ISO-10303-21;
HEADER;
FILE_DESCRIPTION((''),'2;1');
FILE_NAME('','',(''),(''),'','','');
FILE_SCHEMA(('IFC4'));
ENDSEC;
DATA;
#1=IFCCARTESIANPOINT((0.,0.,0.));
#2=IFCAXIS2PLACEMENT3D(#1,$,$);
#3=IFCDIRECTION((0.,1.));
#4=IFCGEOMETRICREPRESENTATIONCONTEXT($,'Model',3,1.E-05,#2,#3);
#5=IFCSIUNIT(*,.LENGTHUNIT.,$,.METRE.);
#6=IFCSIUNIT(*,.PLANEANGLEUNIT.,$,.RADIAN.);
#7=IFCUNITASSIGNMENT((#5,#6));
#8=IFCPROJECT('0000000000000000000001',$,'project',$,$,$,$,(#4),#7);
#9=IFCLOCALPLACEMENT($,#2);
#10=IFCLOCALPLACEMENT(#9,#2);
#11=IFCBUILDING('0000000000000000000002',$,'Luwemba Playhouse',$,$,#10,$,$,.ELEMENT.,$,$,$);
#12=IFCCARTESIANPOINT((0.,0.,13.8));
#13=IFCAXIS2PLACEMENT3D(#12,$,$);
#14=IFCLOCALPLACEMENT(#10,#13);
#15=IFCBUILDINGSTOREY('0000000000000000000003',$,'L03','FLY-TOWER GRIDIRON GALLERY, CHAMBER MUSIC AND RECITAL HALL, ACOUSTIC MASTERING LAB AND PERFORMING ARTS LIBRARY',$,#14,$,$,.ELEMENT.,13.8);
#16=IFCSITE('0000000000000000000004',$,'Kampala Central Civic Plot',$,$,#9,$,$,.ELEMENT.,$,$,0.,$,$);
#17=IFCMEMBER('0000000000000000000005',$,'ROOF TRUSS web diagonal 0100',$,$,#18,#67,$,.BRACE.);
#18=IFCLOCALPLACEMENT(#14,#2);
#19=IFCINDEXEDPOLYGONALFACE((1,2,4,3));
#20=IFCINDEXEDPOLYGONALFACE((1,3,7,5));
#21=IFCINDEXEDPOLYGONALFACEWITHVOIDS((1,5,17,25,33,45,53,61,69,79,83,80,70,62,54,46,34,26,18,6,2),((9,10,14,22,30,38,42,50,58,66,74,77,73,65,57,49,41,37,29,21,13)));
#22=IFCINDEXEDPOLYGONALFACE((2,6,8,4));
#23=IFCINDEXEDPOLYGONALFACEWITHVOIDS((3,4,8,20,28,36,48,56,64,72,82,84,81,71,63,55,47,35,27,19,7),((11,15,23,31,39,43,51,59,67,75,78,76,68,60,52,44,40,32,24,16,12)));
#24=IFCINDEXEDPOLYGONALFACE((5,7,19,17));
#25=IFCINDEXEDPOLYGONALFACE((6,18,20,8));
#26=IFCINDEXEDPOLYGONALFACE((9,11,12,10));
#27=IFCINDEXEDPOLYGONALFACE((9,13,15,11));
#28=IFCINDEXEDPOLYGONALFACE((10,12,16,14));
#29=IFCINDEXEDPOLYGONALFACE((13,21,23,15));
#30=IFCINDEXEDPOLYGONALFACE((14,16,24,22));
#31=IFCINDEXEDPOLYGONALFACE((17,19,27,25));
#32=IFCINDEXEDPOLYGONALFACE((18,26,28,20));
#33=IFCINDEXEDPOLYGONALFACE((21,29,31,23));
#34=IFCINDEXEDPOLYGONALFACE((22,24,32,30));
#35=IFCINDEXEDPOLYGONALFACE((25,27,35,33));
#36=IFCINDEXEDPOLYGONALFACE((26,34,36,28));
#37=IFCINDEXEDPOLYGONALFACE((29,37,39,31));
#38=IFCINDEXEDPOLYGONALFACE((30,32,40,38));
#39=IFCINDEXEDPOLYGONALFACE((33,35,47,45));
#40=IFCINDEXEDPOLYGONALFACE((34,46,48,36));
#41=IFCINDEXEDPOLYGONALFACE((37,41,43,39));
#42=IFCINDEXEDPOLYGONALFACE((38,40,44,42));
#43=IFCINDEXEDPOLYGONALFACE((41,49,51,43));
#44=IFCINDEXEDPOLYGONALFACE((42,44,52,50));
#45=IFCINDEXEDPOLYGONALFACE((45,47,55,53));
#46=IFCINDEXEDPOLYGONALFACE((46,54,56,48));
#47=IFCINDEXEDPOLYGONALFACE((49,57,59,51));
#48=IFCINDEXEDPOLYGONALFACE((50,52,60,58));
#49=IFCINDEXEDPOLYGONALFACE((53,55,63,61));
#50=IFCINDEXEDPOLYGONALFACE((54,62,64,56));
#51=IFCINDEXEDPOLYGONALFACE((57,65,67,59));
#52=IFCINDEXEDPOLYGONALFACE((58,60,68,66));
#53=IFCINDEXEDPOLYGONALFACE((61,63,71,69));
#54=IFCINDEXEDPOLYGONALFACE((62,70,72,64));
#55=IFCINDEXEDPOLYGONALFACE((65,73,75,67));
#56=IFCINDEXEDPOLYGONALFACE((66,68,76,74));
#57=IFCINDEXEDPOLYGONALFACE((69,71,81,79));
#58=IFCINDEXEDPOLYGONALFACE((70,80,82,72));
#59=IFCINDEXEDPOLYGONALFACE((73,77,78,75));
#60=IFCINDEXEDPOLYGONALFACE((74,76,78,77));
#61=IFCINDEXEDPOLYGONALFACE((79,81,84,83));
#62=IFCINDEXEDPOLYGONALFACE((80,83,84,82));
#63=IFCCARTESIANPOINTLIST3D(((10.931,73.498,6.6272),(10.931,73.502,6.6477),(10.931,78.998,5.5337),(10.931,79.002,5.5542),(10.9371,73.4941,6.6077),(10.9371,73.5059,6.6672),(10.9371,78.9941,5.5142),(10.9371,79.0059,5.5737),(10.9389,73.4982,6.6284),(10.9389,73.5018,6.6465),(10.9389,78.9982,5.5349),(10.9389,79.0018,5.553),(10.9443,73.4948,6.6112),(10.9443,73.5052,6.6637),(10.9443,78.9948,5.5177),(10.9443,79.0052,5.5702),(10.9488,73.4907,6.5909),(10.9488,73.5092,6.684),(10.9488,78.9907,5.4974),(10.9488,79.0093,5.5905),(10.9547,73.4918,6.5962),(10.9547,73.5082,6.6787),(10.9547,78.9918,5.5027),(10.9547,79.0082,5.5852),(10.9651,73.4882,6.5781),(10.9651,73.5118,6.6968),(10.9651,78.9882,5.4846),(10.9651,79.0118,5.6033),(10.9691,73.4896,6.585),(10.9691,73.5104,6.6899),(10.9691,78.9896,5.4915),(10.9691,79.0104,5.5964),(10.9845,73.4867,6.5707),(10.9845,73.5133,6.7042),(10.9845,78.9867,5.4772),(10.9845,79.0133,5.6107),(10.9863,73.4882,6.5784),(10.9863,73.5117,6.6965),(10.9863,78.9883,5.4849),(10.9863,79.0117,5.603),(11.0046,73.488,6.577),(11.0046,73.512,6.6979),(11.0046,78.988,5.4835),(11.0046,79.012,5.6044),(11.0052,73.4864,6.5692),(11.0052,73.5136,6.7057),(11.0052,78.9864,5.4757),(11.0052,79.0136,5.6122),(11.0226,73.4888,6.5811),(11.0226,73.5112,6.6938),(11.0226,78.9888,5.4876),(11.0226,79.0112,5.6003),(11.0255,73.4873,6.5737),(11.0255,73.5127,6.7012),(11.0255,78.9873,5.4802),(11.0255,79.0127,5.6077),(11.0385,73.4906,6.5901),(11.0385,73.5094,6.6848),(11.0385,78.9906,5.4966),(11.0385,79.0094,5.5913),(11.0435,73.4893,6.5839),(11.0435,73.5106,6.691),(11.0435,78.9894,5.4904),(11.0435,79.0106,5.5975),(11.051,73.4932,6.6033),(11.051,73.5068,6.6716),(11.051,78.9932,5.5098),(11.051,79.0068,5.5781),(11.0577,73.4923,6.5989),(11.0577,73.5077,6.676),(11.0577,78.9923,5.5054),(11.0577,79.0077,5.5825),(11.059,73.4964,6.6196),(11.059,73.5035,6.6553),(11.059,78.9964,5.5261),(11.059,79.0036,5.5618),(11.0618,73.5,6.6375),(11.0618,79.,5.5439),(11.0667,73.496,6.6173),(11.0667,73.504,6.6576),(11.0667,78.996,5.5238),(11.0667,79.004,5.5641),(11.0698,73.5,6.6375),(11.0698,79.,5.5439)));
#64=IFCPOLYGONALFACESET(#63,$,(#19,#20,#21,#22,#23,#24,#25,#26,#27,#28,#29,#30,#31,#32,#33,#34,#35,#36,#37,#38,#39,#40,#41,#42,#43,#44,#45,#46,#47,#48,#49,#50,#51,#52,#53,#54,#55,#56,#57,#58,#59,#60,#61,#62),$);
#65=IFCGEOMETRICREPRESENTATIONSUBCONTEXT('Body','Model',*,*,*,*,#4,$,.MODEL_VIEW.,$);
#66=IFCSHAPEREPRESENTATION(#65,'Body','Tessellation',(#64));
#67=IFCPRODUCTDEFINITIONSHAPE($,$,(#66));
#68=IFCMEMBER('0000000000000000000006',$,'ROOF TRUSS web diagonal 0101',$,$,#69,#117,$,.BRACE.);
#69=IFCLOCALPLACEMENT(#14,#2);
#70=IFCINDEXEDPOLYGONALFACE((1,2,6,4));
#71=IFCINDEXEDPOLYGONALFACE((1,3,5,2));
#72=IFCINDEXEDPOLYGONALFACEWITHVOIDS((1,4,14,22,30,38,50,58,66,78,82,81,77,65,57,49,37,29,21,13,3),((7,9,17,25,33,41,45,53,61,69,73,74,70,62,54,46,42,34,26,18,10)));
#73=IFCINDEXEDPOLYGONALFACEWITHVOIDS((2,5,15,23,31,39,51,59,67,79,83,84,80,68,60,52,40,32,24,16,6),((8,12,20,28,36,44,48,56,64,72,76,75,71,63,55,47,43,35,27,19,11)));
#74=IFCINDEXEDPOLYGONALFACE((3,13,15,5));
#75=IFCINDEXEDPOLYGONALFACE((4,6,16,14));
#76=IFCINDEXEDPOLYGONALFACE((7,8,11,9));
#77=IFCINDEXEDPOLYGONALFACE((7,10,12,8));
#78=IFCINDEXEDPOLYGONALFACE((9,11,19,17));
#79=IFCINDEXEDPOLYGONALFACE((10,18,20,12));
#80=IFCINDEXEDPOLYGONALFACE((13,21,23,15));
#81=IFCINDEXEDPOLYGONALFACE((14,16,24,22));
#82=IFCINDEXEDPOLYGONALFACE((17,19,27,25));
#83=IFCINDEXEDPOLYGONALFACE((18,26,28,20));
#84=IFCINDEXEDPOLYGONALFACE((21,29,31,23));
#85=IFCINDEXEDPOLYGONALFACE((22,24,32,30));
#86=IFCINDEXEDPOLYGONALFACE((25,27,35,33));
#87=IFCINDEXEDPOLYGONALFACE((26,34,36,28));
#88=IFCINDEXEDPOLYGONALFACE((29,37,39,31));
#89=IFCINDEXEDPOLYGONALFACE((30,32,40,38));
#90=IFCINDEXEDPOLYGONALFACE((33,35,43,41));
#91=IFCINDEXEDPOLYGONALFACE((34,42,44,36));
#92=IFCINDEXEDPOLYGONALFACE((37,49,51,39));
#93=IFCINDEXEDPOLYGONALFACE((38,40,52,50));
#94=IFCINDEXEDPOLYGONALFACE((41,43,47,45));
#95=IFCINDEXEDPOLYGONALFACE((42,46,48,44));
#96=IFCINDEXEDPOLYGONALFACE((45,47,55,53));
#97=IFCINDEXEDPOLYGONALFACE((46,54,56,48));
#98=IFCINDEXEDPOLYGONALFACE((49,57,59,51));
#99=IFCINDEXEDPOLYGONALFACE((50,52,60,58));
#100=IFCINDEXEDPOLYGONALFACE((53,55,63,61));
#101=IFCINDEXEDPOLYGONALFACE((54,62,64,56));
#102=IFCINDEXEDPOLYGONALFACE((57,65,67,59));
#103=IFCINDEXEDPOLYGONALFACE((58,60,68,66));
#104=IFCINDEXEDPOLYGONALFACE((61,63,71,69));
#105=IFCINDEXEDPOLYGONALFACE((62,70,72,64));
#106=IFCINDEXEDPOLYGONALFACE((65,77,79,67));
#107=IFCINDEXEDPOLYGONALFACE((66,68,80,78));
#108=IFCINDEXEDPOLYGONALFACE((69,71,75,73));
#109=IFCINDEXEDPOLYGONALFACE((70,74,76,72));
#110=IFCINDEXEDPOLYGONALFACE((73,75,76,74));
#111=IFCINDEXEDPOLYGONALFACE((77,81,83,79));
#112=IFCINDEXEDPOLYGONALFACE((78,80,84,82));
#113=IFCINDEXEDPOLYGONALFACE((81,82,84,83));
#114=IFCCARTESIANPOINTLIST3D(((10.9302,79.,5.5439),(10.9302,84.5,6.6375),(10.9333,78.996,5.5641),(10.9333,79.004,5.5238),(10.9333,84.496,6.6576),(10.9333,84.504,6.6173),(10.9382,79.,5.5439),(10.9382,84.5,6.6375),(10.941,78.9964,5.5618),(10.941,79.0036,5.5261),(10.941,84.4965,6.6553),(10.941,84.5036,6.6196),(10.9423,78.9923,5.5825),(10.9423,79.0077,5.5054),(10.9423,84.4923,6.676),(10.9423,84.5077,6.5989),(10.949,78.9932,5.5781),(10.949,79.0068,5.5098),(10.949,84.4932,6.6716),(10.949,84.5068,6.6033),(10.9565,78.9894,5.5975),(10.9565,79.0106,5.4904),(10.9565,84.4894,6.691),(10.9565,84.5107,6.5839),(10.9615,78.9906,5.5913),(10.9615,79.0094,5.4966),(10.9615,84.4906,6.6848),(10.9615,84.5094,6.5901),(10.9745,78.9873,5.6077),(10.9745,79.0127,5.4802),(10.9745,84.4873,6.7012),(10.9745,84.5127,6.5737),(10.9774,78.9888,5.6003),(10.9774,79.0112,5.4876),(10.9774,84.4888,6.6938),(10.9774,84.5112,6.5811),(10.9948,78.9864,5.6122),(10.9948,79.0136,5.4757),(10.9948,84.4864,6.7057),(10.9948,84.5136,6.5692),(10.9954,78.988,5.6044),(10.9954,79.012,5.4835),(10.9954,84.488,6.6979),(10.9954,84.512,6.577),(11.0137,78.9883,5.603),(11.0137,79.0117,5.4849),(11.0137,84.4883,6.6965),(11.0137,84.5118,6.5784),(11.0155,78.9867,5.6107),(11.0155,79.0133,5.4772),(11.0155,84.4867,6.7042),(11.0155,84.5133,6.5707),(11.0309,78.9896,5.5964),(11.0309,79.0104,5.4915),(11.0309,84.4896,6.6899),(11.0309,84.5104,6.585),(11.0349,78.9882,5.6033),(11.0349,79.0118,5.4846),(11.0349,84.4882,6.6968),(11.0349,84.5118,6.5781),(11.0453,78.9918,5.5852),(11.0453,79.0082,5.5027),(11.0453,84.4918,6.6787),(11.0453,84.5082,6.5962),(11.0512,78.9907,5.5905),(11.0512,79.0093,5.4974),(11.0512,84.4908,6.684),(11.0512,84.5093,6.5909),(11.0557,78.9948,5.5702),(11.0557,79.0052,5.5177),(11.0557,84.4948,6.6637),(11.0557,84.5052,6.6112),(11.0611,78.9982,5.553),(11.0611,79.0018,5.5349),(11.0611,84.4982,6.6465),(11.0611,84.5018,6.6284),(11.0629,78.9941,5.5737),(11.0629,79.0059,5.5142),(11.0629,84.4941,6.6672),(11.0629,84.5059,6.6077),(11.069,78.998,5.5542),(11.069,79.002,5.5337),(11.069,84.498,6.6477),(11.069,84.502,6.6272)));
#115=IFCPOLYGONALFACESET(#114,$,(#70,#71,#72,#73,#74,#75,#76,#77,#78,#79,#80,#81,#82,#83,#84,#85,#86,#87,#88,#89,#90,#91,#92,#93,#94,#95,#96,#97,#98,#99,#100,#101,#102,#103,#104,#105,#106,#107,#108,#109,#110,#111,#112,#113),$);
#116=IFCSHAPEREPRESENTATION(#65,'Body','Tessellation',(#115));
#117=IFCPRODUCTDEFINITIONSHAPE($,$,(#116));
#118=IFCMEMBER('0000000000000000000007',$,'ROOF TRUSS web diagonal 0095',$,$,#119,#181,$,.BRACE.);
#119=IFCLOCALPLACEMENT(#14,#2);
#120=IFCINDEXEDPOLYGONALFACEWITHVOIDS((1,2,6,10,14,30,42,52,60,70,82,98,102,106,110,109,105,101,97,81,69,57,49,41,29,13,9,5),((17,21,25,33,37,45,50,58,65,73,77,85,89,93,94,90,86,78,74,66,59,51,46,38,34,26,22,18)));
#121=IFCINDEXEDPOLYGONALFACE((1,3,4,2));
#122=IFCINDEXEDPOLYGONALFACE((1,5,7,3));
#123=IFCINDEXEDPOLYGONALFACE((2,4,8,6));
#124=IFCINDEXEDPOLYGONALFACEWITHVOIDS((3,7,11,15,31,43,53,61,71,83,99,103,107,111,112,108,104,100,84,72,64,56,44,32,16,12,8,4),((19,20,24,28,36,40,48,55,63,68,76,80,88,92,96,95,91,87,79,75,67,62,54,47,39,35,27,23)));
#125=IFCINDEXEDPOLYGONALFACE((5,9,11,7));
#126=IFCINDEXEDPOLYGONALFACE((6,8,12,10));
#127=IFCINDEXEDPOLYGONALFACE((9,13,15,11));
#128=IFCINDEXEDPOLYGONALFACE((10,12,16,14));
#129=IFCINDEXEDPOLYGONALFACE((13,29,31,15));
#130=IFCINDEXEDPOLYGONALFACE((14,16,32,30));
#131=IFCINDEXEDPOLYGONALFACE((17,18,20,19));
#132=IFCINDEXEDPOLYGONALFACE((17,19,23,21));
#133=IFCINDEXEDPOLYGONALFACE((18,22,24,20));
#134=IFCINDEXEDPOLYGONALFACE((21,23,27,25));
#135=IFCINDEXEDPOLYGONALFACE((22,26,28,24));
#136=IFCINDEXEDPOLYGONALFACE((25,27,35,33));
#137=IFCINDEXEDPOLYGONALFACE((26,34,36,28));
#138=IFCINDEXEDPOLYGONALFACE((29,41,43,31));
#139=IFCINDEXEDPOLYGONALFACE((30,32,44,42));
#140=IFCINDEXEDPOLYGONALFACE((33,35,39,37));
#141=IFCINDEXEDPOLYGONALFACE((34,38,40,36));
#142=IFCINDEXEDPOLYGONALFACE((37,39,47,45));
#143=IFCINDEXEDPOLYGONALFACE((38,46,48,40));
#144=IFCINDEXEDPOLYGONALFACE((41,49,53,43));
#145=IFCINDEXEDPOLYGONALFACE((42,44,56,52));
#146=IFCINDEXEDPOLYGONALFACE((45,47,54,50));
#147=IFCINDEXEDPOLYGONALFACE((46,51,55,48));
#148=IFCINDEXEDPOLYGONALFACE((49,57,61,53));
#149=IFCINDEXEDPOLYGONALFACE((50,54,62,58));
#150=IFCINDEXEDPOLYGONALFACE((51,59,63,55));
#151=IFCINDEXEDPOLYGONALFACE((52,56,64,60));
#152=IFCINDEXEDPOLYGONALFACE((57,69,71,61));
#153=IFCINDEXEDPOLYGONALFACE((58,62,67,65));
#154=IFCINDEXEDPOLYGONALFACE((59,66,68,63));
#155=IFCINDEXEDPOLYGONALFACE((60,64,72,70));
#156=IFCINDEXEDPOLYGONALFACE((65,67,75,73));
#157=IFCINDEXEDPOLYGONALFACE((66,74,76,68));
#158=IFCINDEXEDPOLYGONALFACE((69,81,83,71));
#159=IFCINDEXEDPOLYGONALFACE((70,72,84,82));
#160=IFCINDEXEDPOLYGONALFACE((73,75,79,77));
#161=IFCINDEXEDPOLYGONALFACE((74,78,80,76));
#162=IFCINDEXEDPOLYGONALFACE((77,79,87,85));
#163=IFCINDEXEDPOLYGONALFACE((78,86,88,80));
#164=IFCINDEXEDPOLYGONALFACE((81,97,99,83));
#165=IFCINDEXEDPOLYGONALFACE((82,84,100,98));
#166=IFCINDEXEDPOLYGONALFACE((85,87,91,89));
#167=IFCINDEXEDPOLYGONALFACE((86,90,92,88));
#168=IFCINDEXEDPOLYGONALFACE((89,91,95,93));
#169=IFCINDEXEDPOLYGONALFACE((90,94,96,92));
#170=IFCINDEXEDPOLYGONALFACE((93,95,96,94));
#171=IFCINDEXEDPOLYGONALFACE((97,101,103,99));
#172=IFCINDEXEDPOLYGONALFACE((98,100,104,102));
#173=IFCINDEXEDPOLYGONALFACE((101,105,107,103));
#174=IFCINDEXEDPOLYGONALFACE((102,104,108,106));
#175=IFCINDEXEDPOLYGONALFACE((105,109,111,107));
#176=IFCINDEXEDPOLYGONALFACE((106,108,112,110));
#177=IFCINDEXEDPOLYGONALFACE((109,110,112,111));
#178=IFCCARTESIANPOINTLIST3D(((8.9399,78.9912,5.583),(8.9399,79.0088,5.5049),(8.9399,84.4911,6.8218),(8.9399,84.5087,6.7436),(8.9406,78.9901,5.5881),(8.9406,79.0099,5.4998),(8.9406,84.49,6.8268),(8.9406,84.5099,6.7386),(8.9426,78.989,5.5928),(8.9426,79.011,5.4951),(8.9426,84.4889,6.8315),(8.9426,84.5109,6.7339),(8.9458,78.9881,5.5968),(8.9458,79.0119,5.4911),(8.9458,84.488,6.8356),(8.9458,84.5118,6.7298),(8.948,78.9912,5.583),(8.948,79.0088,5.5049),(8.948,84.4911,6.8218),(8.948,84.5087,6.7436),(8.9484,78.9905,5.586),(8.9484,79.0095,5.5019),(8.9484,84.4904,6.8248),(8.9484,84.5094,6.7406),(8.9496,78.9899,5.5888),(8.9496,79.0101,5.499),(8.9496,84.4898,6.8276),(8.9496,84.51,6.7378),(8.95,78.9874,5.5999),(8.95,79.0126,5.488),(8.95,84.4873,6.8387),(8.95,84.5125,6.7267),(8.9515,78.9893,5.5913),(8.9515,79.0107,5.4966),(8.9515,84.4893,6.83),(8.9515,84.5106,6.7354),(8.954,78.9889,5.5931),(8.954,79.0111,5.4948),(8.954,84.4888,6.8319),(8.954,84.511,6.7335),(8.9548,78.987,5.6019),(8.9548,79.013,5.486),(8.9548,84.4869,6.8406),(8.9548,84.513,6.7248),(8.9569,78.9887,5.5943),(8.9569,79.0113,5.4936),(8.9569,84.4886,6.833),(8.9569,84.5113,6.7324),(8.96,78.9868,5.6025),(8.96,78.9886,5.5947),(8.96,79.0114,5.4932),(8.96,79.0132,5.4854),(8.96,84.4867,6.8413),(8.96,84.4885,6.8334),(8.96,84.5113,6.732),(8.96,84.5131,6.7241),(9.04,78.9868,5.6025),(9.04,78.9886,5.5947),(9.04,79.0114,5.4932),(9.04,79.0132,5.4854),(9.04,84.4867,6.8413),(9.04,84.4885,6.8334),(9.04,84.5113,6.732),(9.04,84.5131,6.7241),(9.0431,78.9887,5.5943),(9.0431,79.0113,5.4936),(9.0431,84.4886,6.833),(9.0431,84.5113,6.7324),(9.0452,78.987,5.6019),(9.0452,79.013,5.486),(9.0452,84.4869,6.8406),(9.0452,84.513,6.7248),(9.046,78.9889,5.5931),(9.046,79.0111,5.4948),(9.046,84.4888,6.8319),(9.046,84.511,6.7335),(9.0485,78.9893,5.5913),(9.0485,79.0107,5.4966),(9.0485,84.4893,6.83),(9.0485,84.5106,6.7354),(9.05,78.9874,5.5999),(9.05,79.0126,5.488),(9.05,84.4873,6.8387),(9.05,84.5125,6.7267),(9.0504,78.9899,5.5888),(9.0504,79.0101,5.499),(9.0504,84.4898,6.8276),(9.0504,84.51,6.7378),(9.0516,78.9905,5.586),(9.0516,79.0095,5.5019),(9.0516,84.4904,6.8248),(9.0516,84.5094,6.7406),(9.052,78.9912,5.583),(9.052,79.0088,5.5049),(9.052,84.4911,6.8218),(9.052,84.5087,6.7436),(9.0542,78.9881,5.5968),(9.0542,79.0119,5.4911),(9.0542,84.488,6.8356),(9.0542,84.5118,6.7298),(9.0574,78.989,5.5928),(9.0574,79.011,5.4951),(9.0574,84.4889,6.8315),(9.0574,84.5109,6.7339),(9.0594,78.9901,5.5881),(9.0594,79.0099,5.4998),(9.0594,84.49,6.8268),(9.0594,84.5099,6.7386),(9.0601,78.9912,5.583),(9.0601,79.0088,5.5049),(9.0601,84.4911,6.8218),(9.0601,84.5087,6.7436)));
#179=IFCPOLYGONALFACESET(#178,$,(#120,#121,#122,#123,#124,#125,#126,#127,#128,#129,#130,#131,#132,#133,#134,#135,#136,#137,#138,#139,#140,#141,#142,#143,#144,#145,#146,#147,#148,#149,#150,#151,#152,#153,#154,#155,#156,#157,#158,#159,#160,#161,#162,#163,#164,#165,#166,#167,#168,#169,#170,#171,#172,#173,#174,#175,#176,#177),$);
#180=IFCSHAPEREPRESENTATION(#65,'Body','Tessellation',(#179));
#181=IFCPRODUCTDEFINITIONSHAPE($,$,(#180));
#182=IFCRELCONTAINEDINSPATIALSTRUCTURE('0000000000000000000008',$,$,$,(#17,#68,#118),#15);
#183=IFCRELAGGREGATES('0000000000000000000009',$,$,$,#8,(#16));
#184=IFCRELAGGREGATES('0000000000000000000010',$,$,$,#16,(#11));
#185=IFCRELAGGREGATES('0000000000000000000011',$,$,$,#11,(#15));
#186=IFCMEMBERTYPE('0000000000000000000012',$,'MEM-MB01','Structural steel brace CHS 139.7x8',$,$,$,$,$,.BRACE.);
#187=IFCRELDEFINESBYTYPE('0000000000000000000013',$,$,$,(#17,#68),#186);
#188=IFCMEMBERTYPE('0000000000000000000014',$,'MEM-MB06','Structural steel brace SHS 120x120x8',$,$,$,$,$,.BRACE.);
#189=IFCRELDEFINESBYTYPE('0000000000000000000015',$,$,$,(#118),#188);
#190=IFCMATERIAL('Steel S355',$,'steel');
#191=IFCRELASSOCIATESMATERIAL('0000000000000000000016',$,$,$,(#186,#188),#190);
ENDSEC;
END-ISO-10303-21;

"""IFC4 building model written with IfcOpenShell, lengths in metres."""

from ifc_helpers import new_model, si_unit, direction, frame, origin, origin_2d, place, context, subcontext, project, spatial, hollow_rectangle, hollow_circle, extrude, material, material_profile, profile_set, type_object, element, save


model = new_model("IFC4")

# Units and contexts
model_context = context("Model", 3, precision=1e-05, world=origin(), true_north=direction((0.0, 1.0)))
body_context = subcontext(model_context, "Body", "Model", "MODEL_VIEW")
ifc_project = project(units=[si_unit("LENGTHUNIT", "METRE"), si_unit("PLANEANGLEUNIT", "RADIAN")], contexts=[model_context])

# Site, building, storey
site_placement = place(None, origin())
site = spatial("IfcSite", under=ifc_project, at=site_placement, Name="Kampala Central Civic Plot", CompositionType="ELEMENT", RefElevation=0.0)
building_placement = place(site_placement, origin())
building = spatial("IfcBuilding", under=site, at=building_placement, Name="Luwemba Playhouse", CompositionType="ELEMENT")
storey_placement = place(building_placement, frame((0.0, 0.0, 13.8)))
storey = spatial("IfcBuildingStorey", under=building, at=storey_placement, Name="L03", Description="FLY-TOWER GRIDIRON GALLERY, CHAMBER MUSIC AND RECITAL HALL, ACOUSTIC MASTERING LAB AND PERFORMING ARTS LIBRARY", CompositionType="ELEMENT", Elevation=13.8)

# Members
ifc_material_1 = material(Name="Steel S355", Category="steel")
ifc_material_profile_1 = material_profile(ifc_material_1, hollow_circle(Radius=0.0698, WallThickness=0.0081, at=origin_2d()))
ifc_profile_set_1 = profile_set([ifc_material_profile_1], Name="Steel S355")
member_type_1 = type_object("IfcMemberType", Name="MEM-MB01", Description="Structural steel brace CHS 139.7x8", PredefinedType="BRACE", material=ifc_profile_set_1)
for number, where, z_axis, x_axis, name in (
    (1, (11.0, 79.0, 5.5439), (0.0, -0.980803, 0.195002), (1.0, 0.0, 0.0), "ROOF TRUSS web diagonal 0100"),
    (2, (11.0, 79.0, 5.5439), (0.0, 0.980803, 0.195002), (-1.0, 0.0, 0.0), "ROOF TRUSS web diagonal 0101"),
):
    element("IfcMember", number, at=place(storey_placement, frame(where, z_axis=z_axis, x_axis=x_axis)), inside=storey, type_object=member_type_1, Name=name, PredefinedType="BRACE", context=body_context, shape_type="SweptSolid", body=[
        extrude(hollow_circle(Radius=0.0698, WallThickness=0.0081, at=origin_2d()), origin(), (0.0, 0.0, 1.0), 5.6077),
    ])
ifc_material_profile_2 = material_profile(ifc_material_1, hollow_rectangle(XDim=0.1201, YDim=0.1201, WallThickness=0.0081, InnerFilletRadius=0.012, OuterFilletRadius=0.02, at=origin_2d()))
ifc_profile_set_2 = profile_set([ifc_material_profile_2], Name="Steel S355")
member_type_2 = type_object("IfcMemberType", Name="MEM-MB06", Description="Structural steel brace SHS 120x120x8", PredefinedType="BRACE", material=ifc_profile_set_2)
member_1_placement = place(storey_placement, frame((9.0, 79.0, 5.5439), z_axis=(0.0, 0.975562, 0.219727), x_axis=(-1.0, 0.0, 0.0)))
element("IfcMember", 3, at=member_1_placement, inside=storey, type_object=member_type_2, Name="ROOF TRUSS web diagonal 0095", PredefinedType="BRACE", context=body_context, shape_type="SweptSolid", body=[
    extrude(hollow_rectangle(XDim=0.1201, YDim=0.1201, WallThickness=0.0081, InnerFilletRadius=0.012, OuterFilletRadius=0.02, at=origin_2d()), origin(), (0.0, 0.0, 1.0), 5.6377),
])

save(model, "model.ifc")
